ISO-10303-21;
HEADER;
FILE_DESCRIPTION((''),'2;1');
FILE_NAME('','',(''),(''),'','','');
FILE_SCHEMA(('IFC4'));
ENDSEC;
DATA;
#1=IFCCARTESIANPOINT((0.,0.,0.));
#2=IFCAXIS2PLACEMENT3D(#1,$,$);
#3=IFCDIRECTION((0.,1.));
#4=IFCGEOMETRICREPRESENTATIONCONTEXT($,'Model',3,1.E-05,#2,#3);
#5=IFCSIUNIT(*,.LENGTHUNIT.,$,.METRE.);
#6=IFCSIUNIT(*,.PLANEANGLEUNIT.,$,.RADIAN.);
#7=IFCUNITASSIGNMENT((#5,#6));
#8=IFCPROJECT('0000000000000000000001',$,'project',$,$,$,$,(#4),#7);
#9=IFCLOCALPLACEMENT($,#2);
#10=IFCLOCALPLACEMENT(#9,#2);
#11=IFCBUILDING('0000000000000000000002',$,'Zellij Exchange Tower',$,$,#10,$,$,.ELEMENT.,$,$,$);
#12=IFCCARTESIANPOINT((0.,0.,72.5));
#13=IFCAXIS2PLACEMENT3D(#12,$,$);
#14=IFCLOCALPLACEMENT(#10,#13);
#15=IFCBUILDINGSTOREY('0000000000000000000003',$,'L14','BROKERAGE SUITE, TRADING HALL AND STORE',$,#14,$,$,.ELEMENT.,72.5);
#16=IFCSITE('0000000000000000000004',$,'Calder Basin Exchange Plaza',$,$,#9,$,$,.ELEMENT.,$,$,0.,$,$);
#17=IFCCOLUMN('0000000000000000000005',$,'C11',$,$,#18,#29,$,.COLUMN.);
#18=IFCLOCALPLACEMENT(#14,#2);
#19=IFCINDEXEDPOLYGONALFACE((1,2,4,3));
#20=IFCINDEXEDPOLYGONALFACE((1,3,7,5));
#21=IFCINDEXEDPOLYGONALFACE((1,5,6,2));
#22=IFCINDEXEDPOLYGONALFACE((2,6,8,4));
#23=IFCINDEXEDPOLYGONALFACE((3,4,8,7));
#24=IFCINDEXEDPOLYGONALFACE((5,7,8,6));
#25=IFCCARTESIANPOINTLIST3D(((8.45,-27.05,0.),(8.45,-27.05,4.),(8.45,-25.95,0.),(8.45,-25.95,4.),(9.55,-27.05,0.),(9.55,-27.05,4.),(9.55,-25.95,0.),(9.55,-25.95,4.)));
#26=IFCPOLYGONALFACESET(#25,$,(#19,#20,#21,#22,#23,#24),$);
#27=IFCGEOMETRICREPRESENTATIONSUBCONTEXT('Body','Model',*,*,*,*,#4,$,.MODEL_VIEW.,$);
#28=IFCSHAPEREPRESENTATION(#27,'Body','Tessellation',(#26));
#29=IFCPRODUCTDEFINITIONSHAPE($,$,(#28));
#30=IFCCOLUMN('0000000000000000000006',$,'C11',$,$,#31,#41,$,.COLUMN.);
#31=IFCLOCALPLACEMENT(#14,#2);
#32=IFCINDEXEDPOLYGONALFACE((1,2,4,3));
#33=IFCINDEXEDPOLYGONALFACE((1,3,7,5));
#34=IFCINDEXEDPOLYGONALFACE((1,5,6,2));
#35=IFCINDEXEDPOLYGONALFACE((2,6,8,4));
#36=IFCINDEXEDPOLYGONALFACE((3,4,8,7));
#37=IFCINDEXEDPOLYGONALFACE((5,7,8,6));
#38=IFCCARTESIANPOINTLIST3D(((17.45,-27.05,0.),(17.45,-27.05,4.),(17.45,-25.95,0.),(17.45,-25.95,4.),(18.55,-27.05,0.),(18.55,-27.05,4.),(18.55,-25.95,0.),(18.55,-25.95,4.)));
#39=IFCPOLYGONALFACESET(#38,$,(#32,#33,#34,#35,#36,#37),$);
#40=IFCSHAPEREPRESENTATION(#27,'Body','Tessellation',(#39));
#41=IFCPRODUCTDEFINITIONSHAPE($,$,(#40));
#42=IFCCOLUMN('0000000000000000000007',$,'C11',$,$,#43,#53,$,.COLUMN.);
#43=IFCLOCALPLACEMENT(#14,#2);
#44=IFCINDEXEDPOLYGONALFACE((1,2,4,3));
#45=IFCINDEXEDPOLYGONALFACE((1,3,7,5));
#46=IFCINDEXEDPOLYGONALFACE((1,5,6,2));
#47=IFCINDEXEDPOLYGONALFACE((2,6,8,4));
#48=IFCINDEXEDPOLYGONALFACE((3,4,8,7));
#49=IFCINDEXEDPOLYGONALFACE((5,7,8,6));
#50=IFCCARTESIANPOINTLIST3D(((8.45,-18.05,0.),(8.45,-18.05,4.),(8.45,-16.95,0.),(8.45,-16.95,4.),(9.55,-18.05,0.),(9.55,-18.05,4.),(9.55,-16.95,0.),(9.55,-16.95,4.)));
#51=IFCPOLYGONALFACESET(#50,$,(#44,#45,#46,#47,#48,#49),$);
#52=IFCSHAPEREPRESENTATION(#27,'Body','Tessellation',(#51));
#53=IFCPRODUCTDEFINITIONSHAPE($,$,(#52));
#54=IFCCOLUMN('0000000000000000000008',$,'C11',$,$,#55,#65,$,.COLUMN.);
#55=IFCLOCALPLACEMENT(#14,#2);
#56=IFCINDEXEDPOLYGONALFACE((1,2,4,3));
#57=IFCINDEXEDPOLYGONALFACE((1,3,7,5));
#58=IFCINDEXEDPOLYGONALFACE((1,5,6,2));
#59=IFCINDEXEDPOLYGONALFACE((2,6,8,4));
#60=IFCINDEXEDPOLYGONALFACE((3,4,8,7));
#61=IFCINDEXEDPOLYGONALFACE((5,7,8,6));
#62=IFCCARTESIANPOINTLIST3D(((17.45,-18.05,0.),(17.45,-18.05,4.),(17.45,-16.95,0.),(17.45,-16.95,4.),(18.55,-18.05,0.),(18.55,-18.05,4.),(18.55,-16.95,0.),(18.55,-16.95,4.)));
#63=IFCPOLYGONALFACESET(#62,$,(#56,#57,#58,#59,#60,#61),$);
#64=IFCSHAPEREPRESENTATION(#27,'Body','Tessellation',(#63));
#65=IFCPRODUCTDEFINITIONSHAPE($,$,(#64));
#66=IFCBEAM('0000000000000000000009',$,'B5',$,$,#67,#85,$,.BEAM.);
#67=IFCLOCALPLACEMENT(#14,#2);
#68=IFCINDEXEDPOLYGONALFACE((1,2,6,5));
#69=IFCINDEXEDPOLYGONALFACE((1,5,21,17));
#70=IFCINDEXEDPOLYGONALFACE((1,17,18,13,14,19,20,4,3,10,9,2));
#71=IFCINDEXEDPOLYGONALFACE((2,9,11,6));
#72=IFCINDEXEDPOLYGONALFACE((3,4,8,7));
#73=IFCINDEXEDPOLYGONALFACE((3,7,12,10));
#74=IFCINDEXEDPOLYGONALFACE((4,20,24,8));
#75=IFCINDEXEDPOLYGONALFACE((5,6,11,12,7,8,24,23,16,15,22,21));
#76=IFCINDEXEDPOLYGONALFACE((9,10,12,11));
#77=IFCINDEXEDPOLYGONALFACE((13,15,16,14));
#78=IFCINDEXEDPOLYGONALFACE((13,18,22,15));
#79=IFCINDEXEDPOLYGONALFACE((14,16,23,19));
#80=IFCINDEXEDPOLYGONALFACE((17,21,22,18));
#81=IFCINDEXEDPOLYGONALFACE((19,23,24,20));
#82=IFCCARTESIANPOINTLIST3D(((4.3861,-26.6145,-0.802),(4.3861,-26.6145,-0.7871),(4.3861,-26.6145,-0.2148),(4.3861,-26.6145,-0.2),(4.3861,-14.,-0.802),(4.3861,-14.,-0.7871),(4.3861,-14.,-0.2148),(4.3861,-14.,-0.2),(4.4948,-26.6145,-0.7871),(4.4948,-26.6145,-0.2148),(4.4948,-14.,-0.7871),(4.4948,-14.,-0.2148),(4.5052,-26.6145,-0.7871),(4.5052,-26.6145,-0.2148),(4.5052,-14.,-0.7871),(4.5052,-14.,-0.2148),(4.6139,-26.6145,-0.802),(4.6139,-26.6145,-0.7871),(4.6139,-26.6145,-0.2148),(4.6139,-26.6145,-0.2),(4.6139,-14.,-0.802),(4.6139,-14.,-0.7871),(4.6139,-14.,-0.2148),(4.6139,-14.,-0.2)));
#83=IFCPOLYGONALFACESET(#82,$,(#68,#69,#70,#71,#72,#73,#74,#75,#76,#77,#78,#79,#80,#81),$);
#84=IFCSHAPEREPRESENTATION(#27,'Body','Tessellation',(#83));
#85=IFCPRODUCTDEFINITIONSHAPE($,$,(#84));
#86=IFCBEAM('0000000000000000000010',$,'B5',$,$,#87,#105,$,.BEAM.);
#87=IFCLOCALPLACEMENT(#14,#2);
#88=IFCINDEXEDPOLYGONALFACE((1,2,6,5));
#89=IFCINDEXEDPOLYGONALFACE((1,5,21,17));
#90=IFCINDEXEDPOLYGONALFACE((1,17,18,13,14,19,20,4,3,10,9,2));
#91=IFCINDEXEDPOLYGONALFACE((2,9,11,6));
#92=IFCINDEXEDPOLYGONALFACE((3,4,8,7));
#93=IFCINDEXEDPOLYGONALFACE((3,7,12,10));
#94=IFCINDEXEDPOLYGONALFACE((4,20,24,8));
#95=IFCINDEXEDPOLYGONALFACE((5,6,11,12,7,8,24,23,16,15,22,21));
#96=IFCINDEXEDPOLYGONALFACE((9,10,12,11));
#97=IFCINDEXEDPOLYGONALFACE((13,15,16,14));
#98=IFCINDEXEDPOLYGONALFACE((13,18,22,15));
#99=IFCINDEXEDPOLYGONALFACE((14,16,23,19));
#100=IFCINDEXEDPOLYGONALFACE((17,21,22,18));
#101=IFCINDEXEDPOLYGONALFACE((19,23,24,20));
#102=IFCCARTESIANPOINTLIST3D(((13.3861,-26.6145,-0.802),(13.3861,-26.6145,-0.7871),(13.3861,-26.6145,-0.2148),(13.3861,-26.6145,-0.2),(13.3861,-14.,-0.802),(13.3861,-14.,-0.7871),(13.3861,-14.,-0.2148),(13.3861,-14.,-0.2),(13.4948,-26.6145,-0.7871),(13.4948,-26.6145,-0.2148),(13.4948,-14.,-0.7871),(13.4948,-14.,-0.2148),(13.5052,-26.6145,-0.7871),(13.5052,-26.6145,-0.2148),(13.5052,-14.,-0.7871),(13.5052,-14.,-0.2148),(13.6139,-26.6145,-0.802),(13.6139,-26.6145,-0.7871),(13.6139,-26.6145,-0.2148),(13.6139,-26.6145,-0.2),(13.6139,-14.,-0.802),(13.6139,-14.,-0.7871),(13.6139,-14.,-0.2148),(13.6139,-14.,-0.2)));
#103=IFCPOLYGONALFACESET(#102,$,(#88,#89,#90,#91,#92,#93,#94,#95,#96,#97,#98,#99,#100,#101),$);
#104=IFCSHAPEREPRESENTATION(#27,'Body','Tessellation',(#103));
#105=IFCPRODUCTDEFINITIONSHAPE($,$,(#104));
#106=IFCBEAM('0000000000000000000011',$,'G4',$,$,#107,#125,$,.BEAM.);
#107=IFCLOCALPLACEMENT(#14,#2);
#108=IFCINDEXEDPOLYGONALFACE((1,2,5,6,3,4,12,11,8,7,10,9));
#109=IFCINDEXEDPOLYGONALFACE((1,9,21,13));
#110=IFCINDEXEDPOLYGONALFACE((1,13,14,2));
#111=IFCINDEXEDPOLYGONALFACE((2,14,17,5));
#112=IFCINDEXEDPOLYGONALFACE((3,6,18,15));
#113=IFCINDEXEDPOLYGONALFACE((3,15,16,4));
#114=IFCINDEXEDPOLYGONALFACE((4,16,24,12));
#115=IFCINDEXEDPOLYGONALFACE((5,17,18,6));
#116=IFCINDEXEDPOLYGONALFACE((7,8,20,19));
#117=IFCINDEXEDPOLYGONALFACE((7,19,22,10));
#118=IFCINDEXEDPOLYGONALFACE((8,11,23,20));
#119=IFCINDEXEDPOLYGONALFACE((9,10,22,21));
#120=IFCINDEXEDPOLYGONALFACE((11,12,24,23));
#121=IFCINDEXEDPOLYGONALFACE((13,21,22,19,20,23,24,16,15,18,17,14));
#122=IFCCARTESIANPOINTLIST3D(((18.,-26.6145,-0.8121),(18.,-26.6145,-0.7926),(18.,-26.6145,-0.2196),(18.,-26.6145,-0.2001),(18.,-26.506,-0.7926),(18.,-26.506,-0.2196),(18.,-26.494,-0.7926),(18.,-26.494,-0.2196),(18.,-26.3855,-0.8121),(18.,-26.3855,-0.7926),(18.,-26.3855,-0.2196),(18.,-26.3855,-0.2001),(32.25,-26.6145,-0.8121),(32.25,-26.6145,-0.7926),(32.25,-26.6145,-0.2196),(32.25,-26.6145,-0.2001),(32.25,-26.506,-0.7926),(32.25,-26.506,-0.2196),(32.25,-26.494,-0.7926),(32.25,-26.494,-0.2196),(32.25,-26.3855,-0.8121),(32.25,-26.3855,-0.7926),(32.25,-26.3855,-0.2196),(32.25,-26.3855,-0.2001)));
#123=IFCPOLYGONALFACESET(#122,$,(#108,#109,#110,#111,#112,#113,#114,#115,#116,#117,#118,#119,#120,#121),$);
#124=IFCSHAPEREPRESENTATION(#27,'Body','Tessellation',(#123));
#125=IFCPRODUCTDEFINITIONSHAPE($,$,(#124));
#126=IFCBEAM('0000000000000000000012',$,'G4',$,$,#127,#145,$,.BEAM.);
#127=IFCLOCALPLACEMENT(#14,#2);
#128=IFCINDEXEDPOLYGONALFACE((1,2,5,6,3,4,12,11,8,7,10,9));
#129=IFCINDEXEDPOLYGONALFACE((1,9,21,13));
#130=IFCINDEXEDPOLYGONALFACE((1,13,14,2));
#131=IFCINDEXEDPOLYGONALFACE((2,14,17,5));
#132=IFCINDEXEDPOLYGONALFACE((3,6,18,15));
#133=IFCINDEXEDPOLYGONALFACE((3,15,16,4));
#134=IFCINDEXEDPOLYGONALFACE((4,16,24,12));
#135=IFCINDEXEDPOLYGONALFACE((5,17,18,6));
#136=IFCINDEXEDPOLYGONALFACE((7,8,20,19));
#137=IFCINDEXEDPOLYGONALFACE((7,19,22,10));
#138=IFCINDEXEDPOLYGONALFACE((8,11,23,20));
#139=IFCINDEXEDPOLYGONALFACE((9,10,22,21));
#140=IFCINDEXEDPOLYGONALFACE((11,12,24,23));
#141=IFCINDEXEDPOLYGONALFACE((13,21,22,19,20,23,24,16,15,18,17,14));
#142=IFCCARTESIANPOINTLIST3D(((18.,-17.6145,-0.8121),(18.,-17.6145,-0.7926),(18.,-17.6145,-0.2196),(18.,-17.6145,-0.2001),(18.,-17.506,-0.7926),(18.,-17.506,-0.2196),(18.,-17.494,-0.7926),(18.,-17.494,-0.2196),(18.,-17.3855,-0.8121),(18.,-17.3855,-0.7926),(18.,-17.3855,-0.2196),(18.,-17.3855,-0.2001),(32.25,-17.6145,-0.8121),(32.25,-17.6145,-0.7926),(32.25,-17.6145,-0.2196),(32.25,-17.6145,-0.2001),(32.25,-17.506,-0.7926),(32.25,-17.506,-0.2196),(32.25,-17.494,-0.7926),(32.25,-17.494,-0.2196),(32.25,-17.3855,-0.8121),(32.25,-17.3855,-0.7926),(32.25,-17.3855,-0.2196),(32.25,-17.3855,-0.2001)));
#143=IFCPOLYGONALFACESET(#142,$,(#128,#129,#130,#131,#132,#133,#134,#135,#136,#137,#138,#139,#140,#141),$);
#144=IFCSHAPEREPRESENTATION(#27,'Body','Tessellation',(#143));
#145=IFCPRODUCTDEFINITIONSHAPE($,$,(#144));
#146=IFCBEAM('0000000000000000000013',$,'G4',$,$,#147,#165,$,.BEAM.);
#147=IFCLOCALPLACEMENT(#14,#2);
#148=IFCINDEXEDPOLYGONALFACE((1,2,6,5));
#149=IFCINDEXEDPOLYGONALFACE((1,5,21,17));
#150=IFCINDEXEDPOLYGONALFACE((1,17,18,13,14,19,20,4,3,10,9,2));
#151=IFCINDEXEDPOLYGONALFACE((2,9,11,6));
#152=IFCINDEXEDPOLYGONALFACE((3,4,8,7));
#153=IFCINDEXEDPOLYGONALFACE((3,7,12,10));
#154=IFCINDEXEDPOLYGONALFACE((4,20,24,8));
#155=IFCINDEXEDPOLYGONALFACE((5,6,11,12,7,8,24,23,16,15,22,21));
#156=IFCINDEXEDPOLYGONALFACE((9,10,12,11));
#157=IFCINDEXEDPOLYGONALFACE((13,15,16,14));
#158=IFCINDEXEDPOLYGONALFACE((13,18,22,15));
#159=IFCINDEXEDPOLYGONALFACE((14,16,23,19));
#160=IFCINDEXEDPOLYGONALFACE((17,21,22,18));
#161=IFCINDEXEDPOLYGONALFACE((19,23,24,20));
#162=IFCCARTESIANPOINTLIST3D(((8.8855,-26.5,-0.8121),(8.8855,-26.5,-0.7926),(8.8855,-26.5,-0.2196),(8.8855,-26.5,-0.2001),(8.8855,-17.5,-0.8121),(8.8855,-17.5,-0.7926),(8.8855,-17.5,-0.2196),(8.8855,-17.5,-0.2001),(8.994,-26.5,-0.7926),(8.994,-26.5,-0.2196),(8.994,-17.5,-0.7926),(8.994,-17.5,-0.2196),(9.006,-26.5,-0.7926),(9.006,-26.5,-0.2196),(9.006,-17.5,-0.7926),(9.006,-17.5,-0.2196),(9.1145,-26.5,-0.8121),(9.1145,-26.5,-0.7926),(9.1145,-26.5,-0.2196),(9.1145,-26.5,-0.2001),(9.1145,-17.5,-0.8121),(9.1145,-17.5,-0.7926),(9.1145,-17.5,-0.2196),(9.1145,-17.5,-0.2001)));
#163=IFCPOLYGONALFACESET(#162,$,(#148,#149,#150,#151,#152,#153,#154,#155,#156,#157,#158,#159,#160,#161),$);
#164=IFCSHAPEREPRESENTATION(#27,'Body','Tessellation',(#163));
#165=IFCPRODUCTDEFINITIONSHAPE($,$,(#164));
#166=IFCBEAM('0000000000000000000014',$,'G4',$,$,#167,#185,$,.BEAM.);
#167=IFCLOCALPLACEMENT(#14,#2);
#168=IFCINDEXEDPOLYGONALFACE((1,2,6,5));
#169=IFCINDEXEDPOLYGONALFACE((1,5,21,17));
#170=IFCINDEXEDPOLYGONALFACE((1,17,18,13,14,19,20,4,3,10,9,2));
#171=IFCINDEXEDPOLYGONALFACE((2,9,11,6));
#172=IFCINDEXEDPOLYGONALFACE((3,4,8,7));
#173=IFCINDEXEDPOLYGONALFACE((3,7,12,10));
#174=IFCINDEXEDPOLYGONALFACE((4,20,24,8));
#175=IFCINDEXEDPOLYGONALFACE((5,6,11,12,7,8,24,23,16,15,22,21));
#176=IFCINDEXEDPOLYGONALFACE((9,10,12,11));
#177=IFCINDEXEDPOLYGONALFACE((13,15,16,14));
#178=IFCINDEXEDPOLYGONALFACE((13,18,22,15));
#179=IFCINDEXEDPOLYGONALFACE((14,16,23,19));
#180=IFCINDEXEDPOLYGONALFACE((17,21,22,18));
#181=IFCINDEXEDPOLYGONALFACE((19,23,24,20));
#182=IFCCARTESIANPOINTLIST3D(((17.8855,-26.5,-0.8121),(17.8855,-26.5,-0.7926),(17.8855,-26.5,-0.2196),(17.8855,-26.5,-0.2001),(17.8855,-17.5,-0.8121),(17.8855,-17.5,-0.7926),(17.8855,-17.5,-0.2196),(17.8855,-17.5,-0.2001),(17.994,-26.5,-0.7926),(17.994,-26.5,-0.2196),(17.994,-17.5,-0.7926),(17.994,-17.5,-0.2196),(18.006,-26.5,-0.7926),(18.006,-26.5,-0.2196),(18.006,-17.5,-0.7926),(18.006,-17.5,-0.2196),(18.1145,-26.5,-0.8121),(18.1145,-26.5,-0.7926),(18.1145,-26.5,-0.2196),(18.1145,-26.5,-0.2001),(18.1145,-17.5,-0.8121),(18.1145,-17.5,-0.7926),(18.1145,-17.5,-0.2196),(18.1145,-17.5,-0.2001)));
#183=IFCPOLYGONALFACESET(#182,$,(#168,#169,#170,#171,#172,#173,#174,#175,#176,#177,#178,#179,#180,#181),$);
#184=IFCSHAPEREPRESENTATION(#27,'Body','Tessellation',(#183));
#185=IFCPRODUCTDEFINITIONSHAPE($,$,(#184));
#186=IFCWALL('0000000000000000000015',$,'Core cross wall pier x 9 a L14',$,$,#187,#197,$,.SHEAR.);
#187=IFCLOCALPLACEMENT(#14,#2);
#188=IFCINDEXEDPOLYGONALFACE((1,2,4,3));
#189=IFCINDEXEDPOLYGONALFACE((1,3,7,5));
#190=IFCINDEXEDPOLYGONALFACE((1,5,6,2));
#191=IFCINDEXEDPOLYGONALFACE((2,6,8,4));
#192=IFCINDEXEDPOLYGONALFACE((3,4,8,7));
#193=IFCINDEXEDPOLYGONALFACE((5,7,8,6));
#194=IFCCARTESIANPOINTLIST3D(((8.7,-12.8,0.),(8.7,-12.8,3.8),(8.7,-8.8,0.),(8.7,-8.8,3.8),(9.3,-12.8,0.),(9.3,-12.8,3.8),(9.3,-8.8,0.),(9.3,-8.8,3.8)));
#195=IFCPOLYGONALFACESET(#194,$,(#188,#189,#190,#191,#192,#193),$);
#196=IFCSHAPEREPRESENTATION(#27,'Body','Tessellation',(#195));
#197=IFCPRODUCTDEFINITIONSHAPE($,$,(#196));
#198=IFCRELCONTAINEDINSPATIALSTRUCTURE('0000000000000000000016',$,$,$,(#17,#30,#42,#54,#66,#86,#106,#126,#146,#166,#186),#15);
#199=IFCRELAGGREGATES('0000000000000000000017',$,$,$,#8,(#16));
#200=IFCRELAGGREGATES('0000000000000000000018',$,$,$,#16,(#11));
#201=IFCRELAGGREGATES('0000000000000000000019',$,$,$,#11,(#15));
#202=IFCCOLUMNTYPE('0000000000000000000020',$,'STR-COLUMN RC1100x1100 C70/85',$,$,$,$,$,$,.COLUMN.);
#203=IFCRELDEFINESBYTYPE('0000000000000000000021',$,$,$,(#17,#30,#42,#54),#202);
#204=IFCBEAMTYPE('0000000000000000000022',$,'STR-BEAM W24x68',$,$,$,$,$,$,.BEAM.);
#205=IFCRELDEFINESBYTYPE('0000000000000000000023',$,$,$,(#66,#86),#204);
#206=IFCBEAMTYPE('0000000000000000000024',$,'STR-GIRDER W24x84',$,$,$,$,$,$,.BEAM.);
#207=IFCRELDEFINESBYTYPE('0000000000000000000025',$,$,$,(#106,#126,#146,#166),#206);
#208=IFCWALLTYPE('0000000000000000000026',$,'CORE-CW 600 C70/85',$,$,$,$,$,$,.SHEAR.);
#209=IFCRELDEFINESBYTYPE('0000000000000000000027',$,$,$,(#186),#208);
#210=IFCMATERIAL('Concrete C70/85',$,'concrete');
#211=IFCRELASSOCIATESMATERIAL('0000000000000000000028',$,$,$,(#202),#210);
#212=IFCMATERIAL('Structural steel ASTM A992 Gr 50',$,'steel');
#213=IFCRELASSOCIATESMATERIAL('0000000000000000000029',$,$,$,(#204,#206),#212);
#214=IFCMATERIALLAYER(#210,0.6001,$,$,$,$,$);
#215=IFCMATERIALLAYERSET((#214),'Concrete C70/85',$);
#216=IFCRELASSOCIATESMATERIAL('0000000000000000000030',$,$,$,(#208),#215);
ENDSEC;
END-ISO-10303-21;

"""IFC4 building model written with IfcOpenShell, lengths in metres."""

from ifc_helpers import new_model, si_unit, direction, frame, frame_2d, origin, origin_2d, place, context, subcontext, project, spatial, rectangle, i_section, extrude, material, layer, layer_set, material_profile, profile_set, type_object, element, save


model = new_model("IFC4")

# Units and contexts
model_context = context("Model", 3, precision=1e-05, world=origin(), true_north=direction((0.0, 1.0)))
body_context = subcontext(model_context, "Body", "Model", "MODEL_VIEW")
ifc_project = project(units=[si_unit("LENGTHUNIT", "METRE"), si_unit("PLANEANGLEUNIT", "RADIAN")], contexts=[model_context])

# Site, building, storey
site_placement = place(None, origin())
site = spatial("IfcSite", under=ifc_project, at=site_placement, Name="Calder Basin Exchange Plaza", CompositionType="ELEMENT", RefElevation=0.0)
building_placement = place(site_placement, origin())
building = spatial("IfcBuilding", under=site, at=building_placement, Name="Zellij Exchange Tower", CompositionType="ELEMENT")
storey_placement = place(building_placement, frame((0.0, 0.0, 72.5)))
storey = spatial("IfcBuildingStorey", under=building, at=storey_placement, Name="L14", Description="BROKERAGE SUITE, TRADING HALL AND STORE", CompositionType="ELEMENT", Elevation=72.5)

# Columns
ifc_material_1 = material(Name="Concrete C70/85", Category="concrete")
ifc_material_profile_1 = material_profile(ifc_material_1, rectangle(XDim=1.1001, YDim=1.1001, at=origin_2d()), Name="STR-COLUMN RC1100x1100 C70/85")
ifc_profile_set_1 = profile_set([ifc_material_profile_1], Name="Concrete C70/85")
column_type = type_object("IfcColumnType", Name="STR-COLUMN RC1100x1100 C70/85", PredefinedType="COLUMN", material=ifc_profile_set_1)
for number, where, z_axis, x_axis, name in (
    (1, (9.0, -26.5, 0.0), (0.0, 0.0, 1.0), (1.0, 0.0, 0.0), "C11"),
    (2, (18.0, -26.5, 0.0), (0.0, 0.0, 1.0), (1.0, 0.0, 0.0), "C11"),
    (3, (9.0, -17.5, 0.0), (0.0, 0.0, 1.0), (1.0, 0.0, 0.0), "C11"),
    (4, (18.0, -17.5, 0.0), (0.0, 0.0, 1.0), (1.0, 0.0, 0.0), "C11"),
):
    element("IfcColumn", number, at=place(storey_placement, frame(where, z_axis=z_axis, x_axis=x_axis)), inside=storey, type_object=column_type, Name=name, PredefinedType="COLUMN", context=body_context, shape_type="SweptSolid", body=[
        extrude(rectangle(XDim=1.1001, YDim=1.1001, at=origin_2d()), origin(), (0.0, 0.0, 1.0), 4.0),
    ])

# Beams
ifc_material_2 = material(Name="Structural steel ASTM A992 Gr 50", Category="steel")
ifc_material_profile_2 = material_profile(ifc_material_2, i_section(OverallWidth=0.2278, OverallDepth=0.6021, WebThickness=0.0105, FlangeThickness=0.0149, at=origin_2d()), Name="W24x68")
ifc_profile_set_2 = profile_set([ifc_material_profile_2], Name="Structural steel ASTM A992 Gr 50")
beam_type_1 = type_object("IfcBeamType", Name="STR-BEAM W24x68", PredefinedType="BEAM", material=ifc_profile_set_2)
for number, where, z_axis, x_axis, name in (
    (5, (4.5, -26.6145, -0.501), (0.0, 1.0, 0.0), (-1.0, 0.0, 0.0), "B5"),
    (6, (13.5, -26.6145, -0.501), (0.0, 1.0, 0.0), (-1.0, 0.0, 0.0), "B5"),
):
    element("IfcBeam", number, at=place(storey_placement, frame(where, z_axis=z_axis, x_axis=x_axis)), inside=storey, type_object=beam_type_1, Name=name, PredefinedType="BEAM", context=body_context, shape_type="SweptSolid", body=[
        extrude(i_section(OverallWidth=0.2278, OverallDepth=0.6021, WebThickness=0.0105, FlangeThickness=0.0149, at=origin_2d()), origin(), (0.0, 0.0, 1.0), 12.6145),
    ])
ifc_material_profile_3 = material_profile(ifc_material_2, i_section(OverallWidth=0.229, OverallDepth=0.6121, WebThickness=0.012, FlangeThickness=0.0195, at=origin_2d()), Name="W24x84")
ifc_profile_set_3 = profile_set([ifc_material_profile_3], Name="Structural steel ASTM A992 Gr 50")
beam_type_2 = type_object("IfcBeamType", Name="STR-GIRDER W24x84", PredefinedType="BEAM", material=ifc_profile_set_3)
for number, where, z_axis, x_axis, name in (
    (7, (18.0, -26.5, -0.5061), (1.0, 0.0, 0.0), (0.0, 1.0, 0.0), "G4"),
    (8, (18.0, -17.5, -0.5061), (1.0, 0.0, 0.0), (0.0, 1.0, 0.0), "G4"),
):
    element("IfcBeam", number, at=place(storey_placement, frame(where, z_axis=z_axis, x_axis=x_axis)), inside=storey, type_object=beam_type_2, Name=name, PredefinedType="BEAM", context=body_context, shape_type="SweptSolid", body=[
        extrude(i_section(OverallWidth=0.229, OverallDepth=0.6121, WebThickness=0.012, FlangeThickness=0.0195, at=origin_2d()), origin(), (0.0, 0.0, 1.0), 14.25),
    ])
for number, where, z_axis, x_axis, name in (
    (9, (9.0, -26.5, -0.5061), (0.0, 1.0, 0.0), (-1.0, 0.0, 0.0), "G4"),
    (10, (18.0, -26.5, -0.5061), (0.0, 1.0, 0.0), (-1.0, 0.0, 0.0), "G4"),
):
    element("IfcBeam", number, at=place(storey_placement, frame(where, z_axis=z_axis, x_axis=x_axis)), inside=storey, type_object=beam_type_2, Name=name, PredefinedType="BEAM", context=body_context, shape_type="SweptSolid", body=[
        extrude(i_section(OverallWidth=0.229, OverallDepth=0.6121, WebThickness=0.012, FlangeThickness=0.0195, at=origin_2d()), origin(), (0.0, 0.0, 1.0), 9.0),
    ])

# Wall
ifc_layer_1 = layer(ifc_material_1, 0.6001)
ifc_layer_set_1 = layer_set([ifc_layer_1], Name="Concrete C70/85")
wall_type_1 = type_object("IfcWallType", Name="CORE-CW 600 C70/85", PredefinedType="SHEAR", material=ifc_layer_set_1)
wall_1_placement = place(storey_placement, frame((9.0, -12.8, 0.0), z_axis=(0.0, 0.0, 1.0), x_axis=(0.0, 1.0, 0.0)))
element("IfcWall", 11, at=wall_1_placement, inside=storey, type_object=wall_type_1, Name="Core cross wall pier x 9 a L14", PredefinedType="SHEAR", context=body_context, shape_type="SweptSolid", body=[
    extrude(rectangle(XDim=4.0, YDim=0.6001, at=frame_2d((2.0, 0.0))), origin(), (0.0, 0.0, 1.0), 3.8),
])

save(model, "model.ifc")
